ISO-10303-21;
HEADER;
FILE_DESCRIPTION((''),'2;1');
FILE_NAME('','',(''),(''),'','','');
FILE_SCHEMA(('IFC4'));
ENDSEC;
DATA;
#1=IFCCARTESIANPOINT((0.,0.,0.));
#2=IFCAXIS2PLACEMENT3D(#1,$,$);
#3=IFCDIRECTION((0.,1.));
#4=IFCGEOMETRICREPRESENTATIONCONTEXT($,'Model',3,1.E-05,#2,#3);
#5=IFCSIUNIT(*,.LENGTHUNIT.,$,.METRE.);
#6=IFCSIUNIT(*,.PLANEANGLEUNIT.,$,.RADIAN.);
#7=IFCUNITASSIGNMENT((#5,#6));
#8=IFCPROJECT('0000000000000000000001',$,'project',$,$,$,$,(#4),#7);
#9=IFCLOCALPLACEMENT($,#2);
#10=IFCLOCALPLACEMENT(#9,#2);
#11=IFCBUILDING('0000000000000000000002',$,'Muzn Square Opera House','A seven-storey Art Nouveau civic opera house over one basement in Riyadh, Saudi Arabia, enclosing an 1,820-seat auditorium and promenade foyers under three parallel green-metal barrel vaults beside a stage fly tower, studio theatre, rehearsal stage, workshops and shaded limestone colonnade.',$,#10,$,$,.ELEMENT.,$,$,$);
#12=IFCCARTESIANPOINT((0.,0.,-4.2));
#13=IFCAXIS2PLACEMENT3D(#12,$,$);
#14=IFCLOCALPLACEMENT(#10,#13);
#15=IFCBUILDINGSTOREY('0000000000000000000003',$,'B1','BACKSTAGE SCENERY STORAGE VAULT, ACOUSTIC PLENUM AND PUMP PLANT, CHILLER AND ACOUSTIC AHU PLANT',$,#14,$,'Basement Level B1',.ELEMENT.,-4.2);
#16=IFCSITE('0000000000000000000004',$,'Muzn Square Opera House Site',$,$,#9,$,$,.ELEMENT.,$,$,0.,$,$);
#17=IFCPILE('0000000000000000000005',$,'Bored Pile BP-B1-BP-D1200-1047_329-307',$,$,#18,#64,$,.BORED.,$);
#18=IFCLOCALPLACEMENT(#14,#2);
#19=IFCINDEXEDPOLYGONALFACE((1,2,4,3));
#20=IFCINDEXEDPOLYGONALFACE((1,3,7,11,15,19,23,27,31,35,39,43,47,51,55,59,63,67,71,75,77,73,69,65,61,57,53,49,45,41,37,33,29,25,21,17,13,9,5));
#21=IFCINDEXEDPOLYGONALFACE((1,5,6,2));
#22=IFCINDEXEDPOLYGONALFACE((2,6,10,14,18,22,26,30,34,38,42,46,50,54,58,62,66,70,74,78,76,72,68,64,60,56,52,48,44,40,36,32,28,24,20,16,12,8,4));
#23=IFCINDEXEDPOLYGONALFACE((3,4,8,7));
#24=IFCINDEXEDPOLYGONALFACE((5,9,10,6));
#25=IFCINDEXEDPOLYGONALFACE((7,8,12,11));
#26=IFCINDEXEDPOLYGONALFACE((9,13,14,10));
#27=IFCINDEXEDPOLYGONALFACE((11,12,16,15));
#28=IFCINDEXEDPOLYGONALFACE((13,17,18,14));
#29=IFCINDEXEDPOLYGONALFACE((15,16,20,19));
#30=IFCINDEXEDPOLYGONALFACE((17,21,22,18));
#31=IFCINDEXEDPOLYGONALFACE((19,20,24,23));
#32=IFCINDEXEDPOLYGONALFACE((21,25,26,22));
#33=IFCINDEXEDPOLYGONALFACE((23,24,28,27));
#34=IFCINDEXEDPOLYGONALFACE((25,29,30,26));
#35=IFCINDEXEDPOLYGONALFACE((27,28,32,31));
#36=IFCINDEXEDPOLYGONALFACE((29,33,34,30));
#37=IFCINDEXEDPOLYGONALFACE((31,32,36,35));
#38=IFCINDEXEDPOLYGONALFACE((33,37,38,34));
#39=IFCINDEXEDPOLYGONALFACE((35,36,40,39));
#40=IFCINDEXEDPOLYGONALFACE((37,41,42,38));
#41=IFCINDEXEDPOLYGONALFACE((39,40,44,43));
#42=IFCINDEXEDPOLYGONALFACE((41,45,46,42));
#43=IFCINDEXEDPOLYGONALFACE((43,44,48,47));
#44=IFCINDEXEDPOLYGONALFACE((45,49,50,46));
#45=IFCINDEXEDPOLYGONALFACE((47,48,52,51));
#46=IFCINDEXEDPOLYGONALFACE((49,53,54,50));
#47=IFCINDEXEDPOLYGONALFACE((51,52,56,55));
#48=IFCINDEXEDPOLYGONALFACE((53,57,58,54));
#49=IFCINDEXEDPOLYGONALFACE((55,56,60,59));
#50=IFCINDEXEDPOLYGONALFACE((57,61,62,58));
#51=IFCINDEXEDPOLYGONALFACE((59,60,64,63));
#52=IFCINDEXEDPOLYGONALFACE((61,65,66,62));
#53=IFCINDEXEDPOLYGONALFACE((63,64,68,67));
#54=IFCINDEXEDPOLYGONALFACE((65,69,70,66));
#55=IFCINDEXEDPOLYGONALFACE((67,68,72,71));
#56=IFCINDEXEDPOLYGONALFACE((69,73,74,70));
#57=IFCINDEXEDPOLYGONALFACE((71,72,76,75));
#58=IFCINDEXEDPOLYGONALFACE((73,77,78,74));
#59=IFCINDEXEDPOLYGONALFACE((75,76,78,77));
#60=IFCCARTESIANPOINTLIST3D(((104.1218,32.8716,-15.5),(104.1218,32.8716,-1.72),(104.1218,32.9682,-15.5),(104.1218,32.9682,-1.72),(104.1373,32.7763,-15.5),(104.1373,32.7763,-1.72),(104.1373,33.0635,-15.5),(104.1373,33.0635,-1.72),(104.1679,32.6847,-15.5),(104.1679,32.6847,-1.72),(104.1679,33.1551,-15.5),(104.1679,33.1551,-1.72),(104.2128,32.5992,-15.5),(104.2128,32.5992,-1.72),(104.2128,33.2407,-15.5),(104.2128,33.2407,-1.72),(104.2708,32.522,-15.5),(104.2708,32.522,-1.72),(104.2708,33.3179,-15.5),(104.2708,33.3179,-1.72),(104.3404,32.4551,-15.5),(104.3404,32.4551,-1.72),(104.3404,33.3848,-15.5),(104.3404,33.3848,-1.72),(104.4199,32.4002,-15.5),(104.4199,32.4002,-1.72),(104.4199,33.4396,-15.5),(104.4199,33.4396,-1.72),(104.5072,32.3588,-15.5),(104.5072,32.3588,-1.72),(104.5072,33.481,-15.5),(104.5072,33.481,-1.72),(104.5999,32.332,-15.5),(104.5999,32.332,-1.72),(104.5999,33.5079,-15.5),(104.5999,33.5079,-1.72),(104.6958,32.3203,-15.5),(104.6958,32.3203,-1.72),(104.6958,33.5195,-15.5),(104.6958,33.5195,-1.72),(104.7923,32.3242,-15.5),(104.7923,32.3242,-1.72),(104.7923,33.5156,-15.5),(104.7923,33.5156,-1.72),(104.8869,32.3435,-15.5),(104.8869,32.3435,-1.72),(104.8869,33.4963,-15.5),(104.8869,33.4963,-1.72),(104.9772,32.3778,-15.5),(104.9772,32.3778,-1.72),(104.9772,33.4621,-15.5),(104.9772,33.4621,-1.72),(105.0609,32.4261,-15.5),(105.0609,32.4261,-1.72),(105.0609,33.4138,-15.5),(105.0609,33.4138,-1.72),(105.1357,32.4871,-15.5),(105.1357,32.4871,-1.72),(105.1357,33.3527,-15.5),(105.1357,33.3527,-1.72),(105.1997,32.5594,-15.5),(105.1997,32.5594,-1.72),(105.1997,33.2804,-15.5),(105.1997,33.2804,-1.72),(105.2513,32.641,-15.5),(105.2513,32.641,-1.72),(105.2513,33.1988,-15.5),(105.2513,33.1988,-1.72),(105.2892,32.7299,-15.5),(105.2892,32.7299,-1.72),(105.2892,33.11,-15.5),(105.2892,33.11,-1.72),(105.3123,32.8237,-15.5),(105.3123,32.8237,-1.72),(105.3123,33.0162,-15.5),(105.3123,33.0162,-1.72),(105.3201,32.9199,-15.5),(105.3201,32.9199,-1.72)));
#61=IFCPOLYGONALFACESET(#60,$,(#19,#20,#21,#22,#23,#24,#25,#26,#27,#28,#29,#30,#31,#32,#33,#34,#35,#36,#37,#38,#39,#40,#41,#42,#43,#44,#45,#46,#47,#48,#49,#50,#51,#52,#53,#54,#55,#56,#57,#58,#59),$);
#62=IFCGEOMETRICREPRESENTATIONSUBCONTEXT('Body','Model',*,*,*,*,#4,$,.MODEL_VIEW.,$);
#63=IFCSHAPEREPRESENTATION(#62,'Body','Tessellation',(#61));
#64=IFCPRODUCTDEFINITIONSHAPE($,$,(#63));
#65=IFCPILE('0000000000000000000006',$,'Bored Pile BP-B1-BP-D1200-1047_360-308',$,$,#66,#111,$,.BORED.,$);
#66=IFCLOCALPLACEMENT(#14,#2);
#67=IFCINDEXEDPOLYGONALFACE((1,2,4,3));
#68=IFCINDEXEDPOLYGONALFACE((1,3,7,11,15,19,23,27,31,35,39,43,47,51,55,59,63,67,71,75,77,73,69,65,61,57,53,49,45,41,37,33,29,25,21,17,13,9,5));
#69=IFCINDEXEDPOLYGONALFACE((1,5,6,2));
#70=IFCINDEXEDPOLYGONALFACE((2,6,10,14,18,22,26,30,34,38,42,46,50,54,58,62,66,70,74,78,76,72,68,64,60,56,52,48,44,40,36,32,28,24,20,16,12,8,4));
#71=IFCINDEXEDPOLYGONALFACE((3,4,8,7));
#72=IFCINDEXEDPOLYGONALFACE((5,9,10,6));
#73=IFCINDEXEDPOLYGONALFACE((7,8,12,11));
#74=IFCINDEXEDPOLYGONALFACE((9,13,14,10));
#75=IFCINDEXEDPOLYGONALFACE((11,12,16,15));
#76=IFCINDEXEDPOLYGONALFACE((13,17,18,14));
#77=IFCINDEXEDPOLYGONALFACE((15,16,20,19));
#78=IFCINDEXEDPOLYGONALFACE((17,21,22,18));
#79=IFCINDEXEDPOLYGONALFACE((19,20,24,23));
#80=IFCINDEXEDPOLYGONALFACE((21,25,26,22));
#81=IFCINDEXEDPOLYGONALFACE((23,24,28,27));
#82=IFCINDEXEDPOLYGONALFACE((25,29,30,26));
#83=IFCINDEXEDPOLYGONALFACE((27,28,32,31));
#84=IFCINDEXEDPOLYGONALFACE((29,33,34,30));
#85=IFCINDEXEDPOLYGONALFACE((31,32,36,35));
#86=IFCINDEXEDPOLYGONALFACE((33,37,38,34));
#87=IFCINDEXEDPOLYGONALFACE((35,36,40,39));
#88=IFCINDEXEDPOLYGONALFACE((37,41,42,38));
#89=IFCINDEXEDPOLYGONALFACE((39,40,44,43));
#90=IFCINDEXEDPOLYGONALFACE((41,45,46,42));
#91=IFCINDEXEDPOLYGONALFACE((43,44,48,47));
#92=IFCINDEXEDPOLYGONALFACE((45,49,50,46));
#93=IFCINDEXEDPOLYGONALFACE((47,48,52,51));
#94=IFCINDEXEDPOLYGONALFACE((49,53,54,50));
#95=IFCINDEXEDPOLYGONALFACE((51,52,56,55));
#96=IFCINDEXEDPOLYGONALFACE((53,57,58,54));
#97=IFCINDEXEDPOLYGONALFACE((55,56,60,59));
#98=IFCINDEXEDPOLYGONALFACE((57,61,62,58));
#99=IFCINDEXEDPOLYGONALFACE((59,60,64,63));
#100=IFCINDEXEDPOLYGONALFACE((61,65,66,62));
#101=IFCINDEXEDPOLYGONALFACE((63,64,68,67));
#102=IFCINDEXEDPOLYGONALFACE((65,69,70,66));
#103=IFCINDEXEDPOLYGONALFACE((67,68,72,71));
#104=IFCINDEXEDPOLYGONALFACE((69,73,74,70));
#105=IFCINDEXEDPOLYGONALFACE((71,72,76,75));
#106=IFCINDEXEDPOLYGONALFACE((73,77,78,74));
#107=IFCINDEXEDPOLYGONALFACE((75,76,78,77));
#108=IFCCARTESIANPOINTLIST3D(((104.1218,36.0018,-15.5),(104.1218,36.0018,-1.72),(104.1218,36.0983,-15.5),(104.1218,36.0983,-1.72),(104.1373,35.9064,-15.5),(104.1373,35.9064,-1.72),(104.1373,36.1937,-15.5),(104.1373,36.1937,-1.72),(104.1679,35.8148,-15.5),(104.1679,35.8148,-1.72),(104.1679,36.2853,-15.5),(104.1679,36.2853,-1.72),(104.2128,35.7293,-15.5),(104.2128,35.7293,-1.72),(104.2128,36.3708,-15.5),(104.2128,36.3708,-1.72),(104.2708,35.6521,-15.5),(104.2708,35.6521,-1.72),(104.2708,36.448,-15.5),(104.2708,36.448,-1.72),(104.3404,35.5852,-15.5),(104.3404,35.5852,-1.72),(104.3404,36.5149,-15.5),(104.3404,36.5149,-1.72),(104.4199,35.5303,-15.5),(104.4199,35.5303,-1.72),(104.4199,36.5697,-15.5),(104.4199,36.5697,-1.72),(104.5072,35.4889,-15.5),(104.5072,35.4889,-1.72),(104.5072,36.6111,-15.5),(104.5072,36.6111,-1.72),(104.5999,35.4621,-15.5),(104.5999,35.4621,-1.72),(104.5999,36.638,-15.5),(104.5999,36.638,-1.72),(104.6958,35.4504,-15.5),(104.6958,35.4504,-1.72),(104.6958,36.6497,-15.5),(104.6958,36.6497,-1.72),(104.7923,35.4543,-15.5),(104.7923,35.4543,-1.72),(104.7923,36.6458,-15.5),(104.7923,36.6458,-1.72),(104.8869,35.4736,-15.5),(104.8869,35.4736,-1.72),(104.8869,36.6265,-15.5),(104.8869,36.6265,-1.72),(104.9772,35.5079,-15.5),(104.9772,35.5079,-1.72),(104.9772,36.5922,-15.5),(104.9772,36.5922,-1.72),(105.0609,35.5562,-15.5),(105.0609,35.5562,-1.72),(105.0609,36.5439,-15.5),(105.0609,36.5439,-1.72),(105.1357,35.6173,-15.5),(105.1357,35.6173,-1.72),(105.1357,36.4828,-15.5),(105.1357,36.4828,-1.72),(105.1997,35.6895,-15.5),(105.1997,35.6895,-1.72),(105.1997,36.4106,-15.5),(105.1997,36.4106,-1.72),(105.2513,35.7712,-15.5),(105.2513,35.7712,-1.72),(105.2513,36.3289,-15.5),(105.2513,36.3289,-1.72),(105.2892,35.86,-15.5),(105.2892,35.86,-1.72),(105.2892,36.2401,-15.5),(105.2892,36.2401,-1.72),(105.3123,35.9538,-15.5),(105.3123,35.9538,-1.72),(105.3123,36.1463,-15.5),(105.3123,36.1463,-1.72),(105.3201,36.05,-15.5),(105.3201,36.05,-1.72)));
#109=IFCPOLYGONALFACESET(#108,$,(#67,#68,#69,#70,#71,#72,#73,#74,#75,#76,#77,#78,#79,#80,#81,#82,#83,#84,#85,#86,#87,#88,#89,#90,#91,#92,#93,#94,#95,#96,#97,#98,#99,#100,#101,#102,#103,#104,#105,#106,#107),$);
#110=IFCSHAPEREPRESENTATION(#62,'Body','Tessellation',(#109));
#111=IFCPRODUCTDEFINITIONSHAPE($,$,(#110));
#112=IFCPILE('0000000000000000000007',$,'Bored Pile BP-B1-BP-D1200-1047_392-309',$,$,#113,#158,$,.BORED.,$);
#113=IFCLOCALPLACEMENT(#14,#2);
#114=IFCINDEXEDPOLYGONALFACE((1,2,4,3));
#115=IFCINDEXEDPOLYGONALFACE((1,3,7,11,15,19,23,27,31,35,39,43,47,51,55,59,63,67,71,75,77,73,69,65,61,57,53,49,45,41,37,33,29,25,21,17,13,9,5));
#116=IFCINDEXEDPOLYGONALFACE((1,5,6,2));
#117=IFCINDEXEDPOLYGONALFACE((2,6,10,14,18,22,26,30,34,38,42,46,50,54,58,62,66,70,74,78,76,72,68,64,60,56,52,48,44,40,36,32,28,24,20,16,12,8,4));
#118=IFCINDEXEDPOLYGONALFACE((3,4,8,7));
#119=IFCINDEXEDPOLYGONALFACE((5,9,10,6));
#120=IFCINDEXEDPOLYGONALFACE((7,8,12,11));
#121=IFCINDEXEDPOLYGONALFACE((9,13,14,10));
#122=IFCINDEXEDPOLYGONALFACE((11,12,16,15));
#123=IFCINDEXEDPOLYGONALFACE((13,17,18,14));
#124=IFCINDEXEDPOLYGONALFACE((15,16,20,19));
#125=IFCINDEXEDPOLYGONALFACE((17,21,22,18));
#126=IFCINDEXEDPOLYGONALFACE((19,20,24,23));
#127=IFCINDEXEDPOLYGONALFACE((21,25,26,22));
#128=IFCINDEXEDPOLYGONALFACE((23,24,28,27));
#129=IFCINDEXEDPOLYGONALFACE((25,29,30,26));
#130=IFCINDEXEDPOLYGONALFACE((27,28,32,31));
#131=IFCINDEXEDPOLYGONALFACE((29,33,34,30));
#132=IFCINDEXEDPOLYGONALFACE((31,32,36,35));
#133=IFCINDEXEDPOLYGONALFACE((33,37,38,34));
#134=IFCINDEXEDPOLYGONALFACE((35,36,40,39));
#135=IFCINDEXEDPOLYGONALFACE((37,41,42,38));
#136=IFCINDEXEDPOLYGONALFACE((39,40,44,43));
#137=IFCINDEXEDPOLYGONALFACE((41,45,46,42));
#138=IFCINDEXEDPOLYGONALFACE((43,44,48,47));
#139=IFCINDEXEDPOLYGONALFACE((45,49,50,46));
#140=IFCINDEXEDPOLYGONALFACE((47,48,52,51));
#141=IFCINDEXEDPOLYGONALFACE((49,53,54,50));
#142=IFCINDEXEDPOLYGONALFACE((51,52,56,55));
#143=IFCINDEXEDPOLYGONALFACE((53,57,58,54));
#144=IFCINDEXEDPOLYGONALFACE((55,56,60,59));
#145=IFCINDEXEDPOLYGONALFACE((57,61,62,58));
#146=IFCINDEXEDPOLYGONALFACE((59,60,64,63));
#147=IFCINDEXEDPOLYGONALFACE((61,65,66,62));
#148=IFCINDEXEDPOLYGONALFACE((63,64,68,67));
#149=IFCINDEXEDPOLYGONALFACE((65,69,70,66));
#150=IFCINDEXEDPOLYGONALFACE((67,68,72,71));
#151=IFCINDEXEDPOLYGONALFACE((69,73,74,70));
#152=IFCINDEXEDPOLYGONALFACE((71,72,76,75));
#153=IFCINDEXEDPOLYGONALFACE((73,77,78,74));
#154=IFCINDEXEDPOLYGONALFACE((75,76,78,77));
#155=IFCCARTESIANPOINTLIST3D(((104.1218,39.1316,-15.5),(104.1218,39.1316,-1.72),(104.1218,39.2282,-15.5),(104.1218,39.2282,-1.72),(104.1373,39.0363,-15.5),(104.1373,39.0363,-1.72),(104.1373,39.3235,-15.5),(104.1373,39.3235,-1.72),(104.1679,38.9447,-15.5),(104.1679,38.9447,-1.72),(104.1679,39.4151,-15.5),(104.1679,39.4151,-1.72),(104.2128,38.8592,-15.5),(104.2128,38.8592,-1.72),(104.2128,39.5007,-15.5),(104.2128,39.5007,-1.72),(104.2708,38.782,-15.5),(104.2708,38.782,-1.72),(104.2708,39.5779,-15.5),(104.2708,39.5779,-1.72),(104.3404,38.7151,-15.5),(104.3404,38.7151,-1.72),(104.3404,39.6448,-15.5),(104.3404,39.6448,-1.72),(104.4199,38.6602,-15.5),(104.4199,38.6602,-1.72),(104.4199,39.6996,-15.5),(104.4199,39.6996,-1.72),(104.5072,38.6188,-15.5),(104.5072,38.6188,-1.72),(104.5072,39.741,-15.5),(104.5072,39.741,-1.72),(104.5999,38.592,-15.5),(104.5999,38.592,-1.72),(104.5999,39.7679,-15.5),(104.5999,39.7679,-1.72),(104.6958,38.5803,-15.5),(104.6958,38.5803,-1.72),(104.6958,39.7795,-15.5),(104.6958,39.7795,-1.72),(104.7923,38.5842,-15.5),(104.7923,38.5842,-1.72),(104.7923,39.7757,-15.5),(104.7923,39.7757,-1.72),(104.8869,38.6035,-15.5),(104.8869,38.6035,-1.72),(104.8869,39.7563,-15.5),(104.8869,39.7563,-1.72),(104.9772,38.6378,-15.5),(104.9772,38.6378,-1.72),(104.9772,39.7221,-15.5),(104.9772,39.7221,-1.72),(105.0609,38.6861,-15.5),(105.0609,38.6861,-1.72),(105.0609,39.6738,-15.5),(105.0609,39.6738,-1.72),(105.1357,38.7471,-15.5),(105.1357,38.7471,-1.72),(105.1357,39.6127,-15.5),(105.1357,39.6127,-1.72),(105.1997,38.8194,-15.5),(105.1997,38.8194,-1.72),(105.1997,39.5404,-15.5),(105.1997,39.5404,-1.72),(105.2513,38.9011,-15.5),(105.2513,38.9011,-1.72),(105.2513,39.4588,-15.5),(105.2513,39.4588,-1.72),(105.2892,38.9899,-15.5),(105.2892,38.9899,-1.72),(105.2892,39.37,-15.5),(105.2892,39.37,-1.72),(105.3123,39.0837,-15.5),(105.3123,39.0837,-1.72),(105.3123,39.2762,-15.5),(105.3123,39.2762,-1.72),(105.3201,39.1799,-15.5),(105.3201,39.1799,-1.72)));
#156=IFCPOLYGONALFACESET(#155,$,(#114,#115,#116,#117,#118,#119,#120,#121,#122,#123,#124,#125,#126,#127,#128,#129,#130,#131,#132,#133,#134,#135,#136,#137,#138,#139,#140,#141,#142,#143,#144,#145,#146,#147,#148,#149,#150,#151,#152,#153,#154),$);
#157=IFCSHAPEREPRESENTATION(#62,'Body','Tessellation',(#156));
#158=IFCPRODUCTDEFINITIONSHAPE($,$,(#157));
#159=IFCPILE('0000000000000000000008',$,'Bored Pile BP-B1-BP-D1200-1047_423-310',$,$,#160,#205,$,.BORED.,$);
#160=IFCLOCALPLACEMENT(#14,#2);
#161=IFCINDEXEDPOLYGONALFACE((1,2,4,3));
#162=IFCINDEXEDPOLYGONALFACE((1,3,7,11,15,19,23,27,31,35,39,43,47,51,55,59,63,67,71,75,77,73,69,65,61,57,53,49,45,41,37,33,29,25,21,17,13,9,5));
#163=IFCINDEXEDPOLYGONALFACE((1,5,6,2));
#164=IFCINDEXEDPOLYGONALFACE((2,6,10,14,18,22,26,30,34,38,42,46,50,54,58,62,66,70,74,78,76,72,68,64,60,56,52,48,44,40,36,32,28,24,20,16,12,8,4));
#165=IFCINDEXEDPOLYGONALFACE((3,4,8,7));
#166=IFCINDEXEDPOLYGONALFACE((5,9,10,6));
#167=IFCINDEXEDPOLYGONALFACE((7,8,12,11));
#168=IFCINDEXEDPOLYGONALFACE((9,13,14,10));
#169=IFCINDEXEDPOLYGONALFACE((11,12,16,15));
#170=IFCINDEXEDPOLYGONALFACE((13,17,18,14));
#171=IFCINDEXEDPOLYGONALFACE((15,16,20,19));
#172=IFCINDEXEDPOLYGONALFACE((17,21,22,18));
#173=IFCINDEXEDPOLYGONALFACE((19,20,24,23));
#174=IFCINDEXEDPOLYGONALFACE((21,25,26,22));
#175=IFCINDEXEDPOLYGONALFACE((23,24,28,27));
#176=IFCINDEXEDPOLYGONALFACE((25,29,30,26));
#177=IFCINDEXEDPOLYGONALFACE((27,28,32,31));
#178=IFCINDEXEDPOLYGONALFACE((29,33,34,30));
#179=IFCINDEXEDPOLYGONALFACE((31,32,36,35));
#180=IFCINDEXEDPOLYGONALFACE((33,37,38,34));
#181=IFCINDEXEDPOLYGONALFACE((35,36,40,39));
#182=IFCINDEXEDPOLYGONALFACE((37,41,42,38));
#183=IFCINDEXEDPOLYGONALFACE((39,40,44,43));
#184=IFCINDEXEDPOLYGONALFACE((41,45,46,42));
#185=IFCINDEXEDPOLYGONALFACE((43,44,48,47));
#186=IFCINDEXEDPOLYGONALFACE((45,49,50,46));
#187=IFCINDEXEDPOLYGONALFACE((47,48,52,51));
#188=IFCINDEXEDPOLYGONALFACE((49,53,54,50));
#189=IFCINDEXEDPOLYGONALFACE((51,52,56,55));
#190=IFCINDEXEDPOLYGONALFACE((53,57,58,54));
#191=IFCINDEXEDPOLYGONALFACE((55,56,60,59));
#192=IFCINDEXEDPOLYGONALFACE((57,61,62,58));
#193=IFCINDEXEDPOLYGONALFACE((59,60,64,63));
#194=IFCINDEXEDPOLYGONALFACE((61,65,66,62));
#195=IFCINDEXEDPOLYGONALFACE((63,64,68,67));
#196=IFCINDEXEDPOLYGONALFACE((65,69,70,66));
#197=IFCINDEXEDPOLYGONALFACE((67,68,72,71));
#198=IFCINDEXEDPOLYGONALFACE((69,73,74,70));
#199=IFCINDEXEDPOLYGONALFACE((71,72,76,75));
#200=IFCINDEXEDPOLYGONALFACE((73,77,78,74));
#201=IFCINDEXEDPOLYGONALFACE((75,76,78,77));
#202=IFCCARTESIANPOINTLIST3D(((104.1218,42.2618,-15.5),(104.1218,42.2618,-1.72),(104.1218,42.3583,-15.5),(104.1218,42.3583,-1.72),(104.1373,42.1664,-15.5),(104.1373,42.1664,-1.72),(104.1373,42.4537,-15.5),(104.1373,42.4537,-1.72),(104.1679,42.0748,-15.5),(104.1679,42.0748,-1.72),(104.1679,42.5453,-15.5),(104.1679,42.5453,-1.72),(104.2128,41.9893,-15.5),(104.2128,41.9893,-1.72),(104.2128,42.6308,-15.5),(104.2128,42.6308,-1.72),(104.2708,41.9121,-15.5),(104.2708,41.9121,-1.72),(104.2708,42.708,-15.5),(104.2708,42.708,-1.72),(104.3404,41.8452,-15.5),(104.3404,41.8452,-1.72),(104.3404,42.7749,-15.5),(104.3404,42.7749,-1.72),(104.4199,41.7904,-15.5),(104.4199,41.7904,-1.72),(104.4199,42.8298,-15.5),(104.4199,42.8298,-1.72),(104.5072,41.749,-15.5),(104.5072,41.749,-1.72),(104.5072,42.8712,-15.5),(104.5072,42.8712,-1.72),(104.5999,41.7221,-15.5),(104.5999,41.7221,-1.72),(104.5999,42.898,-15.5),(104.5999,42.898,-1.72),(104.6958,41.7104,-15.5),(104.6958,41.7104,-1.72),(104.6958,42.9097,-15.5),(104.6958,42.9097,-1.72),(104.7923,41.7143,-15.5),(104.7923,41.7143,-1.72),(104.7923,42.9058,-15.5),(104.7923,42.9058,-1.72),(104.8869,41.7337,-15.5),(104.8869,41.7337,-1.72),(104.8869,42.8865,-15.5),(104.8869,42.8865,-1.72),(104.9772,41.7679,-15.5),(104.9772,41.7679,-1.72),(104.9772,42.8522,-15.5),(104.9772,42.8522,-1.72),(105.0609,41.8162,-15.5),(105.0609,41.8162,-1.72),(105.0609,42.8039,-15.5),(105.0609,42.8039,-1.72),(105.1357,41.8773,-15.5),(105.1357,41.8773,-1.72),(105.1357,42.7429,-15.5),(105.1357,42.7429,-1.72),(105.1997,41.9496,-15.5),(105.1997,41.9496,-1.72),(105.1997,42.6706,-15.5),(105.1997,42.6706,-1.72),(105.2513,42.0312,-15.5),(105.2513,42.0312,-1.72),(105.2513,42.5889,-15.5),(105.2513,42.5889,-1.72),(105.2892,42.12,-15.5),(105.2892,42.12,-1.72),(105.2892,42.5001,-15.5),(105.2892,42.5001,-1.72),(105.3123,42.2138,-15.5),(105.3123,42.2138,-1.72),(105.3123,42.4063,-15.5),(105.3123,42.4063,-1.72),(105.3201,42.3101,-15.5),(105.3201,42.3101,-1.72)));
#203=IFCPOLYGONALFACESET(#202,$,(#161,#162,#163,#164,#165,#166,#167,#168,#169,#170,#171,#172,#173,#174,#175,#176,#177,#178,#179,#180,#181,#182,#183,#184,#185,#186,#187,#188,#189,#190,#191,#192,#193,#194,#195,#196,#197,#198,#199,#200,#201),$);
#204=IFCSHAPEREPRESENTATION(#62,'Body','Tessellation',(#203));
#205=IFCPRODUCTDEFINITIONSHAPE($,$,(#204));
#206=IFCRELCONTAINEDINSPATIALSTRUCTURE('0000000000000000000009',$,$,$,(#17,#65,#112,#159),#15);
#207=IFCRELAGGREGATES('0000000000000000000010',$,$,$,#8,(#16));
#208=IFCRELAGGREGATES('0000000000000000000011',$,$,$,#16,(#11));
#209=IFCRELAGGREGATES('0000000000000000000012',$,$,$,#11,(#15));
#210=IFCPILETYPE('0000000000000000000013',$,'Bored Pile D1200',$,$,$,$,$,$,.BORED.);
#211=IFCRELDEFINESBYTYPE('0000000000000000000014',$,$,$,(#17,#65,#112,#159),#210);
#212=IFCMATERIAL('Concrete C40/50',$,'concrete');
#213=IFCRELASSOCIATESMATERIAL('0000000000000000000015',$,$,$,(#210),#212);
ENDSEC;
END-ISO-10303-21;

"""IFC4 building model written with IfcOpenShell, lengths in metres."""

from ifc_helpers import new_model, si_unit, direction, frame, origin, origin_2d, place, context, subcontext, project, spatial, circle, extrude, material, material_profile, profile_set, type_object, element, save


model = new_model("IFC4")

# Units and contexts
model_context = context("Model", 3, precision=1e-05, world=origin(), true_north=direction((0.0, 1.0)))
body_context = subcontext(model_context, "Body", "Model", "MODEL_VIEW")
ifc_project = project(units=[si_unit("LENGTHUNIT", "METRE"), si_unit("PLANEANGLEUNIT", "RADIAN")], contexts=[model_context])

# Site, building, storey
site_placement = place(None, origin())
site = spatial("IfcSite", under=ifc_project, at=site_placement, Name="Muzn Square Opera House Site", CompositionType="ELEMENT", RefElevation=0.0)
building_placement = place(site_placement, origin())
building = spatial("IfcBuilding", under=site, at=building_placement, Name="Muzn Square Opera House", Description="A seven-storey Art Nouveau civic opera house over one basement in Riyadh, Saudi Arabia, enclosing an 1,820-seat auditorium and promenade foyers under three parallel green-metal barrel vaults beside a stage fly tower, studio theatre, rehearsal stage, workshops and shaded limestone colonnade.", CompositionType="ELEMENT")
storey_placement = place(building_placement, frame((0.0, 0.0, -4.2)))
storey = spatial("IfcBuildingStorey", under=building, at=storey_placement, Name="B1", Description="BACKSTAGE SCENERY STORAGE VAULT, ACOUSTIC PLENUM AND PUMP PLANT, CHILLER AND ACOUSTIC AHU PLANT", LongName="Basement Level B1", CompositionType="ELEMENT", Elevation=-4.2)

# Piles
ifc_material_1 = material(Name="Concrete C40/50", Category="concrete")
ifc_material_profile_1 = material_profile(ifc_material_1, circle(Radius=0.6001, at=origin_2d()), Name="BORED PILE D1200", Category="concrete")
ifc_profile_set_1 = profile_set([ifc_material_profile_1], Name="Concrete C40/50")
pile_type = type_object("IfcPileType", Name="Bored Pile D1200", PredefinedType="BORED", material=ifc_profile_set_1)
for number, where, z_axis, x_axis, name in (
    (1, (104.72, 32.9199, -1.72), (0.0, 0.0, -1.0), (1.0, 0.0, 0.0), "Bored Pile BP-B1-BP-D1200-1047_329-307"),
    (2, (104.72, 36.05, -1.72), (0.0, 0.0, -1.0), (1.0, 0.0, 0.0), "Bored Pile BP-B1-BP-D1200-1047_360-308"),
    (3, (104.72, 39.1799, -1.72), (0.0, 0.0, -1.0), (1.0, 0.0, 0.0), "Bored Pile BP-B1-BP-D1200-1047_392-309"),
    (4, (104.72, 42.3101, -1.72), (0.0, 0.0, -1.0), (1.0, 0.0, 0.0), "Bored Pile BP-B1-BP-D1200-1047_423-310"),
):
    element("IfcPile", number, at=place(storey_placement, frame(where, z_axis=z_axis, x_axis=x_axis)), inside=storey, type_object=pile_type, Name=name, PredefinedType="BORED", context=body_context, shape_type="SweptSolid", body=[
        extrude(circle(Radius=0.6001, at=origin_2d()), origin(), (0.0, 0.0, 1.0), 13.78),
    ])

save(model, "model.ifc")
